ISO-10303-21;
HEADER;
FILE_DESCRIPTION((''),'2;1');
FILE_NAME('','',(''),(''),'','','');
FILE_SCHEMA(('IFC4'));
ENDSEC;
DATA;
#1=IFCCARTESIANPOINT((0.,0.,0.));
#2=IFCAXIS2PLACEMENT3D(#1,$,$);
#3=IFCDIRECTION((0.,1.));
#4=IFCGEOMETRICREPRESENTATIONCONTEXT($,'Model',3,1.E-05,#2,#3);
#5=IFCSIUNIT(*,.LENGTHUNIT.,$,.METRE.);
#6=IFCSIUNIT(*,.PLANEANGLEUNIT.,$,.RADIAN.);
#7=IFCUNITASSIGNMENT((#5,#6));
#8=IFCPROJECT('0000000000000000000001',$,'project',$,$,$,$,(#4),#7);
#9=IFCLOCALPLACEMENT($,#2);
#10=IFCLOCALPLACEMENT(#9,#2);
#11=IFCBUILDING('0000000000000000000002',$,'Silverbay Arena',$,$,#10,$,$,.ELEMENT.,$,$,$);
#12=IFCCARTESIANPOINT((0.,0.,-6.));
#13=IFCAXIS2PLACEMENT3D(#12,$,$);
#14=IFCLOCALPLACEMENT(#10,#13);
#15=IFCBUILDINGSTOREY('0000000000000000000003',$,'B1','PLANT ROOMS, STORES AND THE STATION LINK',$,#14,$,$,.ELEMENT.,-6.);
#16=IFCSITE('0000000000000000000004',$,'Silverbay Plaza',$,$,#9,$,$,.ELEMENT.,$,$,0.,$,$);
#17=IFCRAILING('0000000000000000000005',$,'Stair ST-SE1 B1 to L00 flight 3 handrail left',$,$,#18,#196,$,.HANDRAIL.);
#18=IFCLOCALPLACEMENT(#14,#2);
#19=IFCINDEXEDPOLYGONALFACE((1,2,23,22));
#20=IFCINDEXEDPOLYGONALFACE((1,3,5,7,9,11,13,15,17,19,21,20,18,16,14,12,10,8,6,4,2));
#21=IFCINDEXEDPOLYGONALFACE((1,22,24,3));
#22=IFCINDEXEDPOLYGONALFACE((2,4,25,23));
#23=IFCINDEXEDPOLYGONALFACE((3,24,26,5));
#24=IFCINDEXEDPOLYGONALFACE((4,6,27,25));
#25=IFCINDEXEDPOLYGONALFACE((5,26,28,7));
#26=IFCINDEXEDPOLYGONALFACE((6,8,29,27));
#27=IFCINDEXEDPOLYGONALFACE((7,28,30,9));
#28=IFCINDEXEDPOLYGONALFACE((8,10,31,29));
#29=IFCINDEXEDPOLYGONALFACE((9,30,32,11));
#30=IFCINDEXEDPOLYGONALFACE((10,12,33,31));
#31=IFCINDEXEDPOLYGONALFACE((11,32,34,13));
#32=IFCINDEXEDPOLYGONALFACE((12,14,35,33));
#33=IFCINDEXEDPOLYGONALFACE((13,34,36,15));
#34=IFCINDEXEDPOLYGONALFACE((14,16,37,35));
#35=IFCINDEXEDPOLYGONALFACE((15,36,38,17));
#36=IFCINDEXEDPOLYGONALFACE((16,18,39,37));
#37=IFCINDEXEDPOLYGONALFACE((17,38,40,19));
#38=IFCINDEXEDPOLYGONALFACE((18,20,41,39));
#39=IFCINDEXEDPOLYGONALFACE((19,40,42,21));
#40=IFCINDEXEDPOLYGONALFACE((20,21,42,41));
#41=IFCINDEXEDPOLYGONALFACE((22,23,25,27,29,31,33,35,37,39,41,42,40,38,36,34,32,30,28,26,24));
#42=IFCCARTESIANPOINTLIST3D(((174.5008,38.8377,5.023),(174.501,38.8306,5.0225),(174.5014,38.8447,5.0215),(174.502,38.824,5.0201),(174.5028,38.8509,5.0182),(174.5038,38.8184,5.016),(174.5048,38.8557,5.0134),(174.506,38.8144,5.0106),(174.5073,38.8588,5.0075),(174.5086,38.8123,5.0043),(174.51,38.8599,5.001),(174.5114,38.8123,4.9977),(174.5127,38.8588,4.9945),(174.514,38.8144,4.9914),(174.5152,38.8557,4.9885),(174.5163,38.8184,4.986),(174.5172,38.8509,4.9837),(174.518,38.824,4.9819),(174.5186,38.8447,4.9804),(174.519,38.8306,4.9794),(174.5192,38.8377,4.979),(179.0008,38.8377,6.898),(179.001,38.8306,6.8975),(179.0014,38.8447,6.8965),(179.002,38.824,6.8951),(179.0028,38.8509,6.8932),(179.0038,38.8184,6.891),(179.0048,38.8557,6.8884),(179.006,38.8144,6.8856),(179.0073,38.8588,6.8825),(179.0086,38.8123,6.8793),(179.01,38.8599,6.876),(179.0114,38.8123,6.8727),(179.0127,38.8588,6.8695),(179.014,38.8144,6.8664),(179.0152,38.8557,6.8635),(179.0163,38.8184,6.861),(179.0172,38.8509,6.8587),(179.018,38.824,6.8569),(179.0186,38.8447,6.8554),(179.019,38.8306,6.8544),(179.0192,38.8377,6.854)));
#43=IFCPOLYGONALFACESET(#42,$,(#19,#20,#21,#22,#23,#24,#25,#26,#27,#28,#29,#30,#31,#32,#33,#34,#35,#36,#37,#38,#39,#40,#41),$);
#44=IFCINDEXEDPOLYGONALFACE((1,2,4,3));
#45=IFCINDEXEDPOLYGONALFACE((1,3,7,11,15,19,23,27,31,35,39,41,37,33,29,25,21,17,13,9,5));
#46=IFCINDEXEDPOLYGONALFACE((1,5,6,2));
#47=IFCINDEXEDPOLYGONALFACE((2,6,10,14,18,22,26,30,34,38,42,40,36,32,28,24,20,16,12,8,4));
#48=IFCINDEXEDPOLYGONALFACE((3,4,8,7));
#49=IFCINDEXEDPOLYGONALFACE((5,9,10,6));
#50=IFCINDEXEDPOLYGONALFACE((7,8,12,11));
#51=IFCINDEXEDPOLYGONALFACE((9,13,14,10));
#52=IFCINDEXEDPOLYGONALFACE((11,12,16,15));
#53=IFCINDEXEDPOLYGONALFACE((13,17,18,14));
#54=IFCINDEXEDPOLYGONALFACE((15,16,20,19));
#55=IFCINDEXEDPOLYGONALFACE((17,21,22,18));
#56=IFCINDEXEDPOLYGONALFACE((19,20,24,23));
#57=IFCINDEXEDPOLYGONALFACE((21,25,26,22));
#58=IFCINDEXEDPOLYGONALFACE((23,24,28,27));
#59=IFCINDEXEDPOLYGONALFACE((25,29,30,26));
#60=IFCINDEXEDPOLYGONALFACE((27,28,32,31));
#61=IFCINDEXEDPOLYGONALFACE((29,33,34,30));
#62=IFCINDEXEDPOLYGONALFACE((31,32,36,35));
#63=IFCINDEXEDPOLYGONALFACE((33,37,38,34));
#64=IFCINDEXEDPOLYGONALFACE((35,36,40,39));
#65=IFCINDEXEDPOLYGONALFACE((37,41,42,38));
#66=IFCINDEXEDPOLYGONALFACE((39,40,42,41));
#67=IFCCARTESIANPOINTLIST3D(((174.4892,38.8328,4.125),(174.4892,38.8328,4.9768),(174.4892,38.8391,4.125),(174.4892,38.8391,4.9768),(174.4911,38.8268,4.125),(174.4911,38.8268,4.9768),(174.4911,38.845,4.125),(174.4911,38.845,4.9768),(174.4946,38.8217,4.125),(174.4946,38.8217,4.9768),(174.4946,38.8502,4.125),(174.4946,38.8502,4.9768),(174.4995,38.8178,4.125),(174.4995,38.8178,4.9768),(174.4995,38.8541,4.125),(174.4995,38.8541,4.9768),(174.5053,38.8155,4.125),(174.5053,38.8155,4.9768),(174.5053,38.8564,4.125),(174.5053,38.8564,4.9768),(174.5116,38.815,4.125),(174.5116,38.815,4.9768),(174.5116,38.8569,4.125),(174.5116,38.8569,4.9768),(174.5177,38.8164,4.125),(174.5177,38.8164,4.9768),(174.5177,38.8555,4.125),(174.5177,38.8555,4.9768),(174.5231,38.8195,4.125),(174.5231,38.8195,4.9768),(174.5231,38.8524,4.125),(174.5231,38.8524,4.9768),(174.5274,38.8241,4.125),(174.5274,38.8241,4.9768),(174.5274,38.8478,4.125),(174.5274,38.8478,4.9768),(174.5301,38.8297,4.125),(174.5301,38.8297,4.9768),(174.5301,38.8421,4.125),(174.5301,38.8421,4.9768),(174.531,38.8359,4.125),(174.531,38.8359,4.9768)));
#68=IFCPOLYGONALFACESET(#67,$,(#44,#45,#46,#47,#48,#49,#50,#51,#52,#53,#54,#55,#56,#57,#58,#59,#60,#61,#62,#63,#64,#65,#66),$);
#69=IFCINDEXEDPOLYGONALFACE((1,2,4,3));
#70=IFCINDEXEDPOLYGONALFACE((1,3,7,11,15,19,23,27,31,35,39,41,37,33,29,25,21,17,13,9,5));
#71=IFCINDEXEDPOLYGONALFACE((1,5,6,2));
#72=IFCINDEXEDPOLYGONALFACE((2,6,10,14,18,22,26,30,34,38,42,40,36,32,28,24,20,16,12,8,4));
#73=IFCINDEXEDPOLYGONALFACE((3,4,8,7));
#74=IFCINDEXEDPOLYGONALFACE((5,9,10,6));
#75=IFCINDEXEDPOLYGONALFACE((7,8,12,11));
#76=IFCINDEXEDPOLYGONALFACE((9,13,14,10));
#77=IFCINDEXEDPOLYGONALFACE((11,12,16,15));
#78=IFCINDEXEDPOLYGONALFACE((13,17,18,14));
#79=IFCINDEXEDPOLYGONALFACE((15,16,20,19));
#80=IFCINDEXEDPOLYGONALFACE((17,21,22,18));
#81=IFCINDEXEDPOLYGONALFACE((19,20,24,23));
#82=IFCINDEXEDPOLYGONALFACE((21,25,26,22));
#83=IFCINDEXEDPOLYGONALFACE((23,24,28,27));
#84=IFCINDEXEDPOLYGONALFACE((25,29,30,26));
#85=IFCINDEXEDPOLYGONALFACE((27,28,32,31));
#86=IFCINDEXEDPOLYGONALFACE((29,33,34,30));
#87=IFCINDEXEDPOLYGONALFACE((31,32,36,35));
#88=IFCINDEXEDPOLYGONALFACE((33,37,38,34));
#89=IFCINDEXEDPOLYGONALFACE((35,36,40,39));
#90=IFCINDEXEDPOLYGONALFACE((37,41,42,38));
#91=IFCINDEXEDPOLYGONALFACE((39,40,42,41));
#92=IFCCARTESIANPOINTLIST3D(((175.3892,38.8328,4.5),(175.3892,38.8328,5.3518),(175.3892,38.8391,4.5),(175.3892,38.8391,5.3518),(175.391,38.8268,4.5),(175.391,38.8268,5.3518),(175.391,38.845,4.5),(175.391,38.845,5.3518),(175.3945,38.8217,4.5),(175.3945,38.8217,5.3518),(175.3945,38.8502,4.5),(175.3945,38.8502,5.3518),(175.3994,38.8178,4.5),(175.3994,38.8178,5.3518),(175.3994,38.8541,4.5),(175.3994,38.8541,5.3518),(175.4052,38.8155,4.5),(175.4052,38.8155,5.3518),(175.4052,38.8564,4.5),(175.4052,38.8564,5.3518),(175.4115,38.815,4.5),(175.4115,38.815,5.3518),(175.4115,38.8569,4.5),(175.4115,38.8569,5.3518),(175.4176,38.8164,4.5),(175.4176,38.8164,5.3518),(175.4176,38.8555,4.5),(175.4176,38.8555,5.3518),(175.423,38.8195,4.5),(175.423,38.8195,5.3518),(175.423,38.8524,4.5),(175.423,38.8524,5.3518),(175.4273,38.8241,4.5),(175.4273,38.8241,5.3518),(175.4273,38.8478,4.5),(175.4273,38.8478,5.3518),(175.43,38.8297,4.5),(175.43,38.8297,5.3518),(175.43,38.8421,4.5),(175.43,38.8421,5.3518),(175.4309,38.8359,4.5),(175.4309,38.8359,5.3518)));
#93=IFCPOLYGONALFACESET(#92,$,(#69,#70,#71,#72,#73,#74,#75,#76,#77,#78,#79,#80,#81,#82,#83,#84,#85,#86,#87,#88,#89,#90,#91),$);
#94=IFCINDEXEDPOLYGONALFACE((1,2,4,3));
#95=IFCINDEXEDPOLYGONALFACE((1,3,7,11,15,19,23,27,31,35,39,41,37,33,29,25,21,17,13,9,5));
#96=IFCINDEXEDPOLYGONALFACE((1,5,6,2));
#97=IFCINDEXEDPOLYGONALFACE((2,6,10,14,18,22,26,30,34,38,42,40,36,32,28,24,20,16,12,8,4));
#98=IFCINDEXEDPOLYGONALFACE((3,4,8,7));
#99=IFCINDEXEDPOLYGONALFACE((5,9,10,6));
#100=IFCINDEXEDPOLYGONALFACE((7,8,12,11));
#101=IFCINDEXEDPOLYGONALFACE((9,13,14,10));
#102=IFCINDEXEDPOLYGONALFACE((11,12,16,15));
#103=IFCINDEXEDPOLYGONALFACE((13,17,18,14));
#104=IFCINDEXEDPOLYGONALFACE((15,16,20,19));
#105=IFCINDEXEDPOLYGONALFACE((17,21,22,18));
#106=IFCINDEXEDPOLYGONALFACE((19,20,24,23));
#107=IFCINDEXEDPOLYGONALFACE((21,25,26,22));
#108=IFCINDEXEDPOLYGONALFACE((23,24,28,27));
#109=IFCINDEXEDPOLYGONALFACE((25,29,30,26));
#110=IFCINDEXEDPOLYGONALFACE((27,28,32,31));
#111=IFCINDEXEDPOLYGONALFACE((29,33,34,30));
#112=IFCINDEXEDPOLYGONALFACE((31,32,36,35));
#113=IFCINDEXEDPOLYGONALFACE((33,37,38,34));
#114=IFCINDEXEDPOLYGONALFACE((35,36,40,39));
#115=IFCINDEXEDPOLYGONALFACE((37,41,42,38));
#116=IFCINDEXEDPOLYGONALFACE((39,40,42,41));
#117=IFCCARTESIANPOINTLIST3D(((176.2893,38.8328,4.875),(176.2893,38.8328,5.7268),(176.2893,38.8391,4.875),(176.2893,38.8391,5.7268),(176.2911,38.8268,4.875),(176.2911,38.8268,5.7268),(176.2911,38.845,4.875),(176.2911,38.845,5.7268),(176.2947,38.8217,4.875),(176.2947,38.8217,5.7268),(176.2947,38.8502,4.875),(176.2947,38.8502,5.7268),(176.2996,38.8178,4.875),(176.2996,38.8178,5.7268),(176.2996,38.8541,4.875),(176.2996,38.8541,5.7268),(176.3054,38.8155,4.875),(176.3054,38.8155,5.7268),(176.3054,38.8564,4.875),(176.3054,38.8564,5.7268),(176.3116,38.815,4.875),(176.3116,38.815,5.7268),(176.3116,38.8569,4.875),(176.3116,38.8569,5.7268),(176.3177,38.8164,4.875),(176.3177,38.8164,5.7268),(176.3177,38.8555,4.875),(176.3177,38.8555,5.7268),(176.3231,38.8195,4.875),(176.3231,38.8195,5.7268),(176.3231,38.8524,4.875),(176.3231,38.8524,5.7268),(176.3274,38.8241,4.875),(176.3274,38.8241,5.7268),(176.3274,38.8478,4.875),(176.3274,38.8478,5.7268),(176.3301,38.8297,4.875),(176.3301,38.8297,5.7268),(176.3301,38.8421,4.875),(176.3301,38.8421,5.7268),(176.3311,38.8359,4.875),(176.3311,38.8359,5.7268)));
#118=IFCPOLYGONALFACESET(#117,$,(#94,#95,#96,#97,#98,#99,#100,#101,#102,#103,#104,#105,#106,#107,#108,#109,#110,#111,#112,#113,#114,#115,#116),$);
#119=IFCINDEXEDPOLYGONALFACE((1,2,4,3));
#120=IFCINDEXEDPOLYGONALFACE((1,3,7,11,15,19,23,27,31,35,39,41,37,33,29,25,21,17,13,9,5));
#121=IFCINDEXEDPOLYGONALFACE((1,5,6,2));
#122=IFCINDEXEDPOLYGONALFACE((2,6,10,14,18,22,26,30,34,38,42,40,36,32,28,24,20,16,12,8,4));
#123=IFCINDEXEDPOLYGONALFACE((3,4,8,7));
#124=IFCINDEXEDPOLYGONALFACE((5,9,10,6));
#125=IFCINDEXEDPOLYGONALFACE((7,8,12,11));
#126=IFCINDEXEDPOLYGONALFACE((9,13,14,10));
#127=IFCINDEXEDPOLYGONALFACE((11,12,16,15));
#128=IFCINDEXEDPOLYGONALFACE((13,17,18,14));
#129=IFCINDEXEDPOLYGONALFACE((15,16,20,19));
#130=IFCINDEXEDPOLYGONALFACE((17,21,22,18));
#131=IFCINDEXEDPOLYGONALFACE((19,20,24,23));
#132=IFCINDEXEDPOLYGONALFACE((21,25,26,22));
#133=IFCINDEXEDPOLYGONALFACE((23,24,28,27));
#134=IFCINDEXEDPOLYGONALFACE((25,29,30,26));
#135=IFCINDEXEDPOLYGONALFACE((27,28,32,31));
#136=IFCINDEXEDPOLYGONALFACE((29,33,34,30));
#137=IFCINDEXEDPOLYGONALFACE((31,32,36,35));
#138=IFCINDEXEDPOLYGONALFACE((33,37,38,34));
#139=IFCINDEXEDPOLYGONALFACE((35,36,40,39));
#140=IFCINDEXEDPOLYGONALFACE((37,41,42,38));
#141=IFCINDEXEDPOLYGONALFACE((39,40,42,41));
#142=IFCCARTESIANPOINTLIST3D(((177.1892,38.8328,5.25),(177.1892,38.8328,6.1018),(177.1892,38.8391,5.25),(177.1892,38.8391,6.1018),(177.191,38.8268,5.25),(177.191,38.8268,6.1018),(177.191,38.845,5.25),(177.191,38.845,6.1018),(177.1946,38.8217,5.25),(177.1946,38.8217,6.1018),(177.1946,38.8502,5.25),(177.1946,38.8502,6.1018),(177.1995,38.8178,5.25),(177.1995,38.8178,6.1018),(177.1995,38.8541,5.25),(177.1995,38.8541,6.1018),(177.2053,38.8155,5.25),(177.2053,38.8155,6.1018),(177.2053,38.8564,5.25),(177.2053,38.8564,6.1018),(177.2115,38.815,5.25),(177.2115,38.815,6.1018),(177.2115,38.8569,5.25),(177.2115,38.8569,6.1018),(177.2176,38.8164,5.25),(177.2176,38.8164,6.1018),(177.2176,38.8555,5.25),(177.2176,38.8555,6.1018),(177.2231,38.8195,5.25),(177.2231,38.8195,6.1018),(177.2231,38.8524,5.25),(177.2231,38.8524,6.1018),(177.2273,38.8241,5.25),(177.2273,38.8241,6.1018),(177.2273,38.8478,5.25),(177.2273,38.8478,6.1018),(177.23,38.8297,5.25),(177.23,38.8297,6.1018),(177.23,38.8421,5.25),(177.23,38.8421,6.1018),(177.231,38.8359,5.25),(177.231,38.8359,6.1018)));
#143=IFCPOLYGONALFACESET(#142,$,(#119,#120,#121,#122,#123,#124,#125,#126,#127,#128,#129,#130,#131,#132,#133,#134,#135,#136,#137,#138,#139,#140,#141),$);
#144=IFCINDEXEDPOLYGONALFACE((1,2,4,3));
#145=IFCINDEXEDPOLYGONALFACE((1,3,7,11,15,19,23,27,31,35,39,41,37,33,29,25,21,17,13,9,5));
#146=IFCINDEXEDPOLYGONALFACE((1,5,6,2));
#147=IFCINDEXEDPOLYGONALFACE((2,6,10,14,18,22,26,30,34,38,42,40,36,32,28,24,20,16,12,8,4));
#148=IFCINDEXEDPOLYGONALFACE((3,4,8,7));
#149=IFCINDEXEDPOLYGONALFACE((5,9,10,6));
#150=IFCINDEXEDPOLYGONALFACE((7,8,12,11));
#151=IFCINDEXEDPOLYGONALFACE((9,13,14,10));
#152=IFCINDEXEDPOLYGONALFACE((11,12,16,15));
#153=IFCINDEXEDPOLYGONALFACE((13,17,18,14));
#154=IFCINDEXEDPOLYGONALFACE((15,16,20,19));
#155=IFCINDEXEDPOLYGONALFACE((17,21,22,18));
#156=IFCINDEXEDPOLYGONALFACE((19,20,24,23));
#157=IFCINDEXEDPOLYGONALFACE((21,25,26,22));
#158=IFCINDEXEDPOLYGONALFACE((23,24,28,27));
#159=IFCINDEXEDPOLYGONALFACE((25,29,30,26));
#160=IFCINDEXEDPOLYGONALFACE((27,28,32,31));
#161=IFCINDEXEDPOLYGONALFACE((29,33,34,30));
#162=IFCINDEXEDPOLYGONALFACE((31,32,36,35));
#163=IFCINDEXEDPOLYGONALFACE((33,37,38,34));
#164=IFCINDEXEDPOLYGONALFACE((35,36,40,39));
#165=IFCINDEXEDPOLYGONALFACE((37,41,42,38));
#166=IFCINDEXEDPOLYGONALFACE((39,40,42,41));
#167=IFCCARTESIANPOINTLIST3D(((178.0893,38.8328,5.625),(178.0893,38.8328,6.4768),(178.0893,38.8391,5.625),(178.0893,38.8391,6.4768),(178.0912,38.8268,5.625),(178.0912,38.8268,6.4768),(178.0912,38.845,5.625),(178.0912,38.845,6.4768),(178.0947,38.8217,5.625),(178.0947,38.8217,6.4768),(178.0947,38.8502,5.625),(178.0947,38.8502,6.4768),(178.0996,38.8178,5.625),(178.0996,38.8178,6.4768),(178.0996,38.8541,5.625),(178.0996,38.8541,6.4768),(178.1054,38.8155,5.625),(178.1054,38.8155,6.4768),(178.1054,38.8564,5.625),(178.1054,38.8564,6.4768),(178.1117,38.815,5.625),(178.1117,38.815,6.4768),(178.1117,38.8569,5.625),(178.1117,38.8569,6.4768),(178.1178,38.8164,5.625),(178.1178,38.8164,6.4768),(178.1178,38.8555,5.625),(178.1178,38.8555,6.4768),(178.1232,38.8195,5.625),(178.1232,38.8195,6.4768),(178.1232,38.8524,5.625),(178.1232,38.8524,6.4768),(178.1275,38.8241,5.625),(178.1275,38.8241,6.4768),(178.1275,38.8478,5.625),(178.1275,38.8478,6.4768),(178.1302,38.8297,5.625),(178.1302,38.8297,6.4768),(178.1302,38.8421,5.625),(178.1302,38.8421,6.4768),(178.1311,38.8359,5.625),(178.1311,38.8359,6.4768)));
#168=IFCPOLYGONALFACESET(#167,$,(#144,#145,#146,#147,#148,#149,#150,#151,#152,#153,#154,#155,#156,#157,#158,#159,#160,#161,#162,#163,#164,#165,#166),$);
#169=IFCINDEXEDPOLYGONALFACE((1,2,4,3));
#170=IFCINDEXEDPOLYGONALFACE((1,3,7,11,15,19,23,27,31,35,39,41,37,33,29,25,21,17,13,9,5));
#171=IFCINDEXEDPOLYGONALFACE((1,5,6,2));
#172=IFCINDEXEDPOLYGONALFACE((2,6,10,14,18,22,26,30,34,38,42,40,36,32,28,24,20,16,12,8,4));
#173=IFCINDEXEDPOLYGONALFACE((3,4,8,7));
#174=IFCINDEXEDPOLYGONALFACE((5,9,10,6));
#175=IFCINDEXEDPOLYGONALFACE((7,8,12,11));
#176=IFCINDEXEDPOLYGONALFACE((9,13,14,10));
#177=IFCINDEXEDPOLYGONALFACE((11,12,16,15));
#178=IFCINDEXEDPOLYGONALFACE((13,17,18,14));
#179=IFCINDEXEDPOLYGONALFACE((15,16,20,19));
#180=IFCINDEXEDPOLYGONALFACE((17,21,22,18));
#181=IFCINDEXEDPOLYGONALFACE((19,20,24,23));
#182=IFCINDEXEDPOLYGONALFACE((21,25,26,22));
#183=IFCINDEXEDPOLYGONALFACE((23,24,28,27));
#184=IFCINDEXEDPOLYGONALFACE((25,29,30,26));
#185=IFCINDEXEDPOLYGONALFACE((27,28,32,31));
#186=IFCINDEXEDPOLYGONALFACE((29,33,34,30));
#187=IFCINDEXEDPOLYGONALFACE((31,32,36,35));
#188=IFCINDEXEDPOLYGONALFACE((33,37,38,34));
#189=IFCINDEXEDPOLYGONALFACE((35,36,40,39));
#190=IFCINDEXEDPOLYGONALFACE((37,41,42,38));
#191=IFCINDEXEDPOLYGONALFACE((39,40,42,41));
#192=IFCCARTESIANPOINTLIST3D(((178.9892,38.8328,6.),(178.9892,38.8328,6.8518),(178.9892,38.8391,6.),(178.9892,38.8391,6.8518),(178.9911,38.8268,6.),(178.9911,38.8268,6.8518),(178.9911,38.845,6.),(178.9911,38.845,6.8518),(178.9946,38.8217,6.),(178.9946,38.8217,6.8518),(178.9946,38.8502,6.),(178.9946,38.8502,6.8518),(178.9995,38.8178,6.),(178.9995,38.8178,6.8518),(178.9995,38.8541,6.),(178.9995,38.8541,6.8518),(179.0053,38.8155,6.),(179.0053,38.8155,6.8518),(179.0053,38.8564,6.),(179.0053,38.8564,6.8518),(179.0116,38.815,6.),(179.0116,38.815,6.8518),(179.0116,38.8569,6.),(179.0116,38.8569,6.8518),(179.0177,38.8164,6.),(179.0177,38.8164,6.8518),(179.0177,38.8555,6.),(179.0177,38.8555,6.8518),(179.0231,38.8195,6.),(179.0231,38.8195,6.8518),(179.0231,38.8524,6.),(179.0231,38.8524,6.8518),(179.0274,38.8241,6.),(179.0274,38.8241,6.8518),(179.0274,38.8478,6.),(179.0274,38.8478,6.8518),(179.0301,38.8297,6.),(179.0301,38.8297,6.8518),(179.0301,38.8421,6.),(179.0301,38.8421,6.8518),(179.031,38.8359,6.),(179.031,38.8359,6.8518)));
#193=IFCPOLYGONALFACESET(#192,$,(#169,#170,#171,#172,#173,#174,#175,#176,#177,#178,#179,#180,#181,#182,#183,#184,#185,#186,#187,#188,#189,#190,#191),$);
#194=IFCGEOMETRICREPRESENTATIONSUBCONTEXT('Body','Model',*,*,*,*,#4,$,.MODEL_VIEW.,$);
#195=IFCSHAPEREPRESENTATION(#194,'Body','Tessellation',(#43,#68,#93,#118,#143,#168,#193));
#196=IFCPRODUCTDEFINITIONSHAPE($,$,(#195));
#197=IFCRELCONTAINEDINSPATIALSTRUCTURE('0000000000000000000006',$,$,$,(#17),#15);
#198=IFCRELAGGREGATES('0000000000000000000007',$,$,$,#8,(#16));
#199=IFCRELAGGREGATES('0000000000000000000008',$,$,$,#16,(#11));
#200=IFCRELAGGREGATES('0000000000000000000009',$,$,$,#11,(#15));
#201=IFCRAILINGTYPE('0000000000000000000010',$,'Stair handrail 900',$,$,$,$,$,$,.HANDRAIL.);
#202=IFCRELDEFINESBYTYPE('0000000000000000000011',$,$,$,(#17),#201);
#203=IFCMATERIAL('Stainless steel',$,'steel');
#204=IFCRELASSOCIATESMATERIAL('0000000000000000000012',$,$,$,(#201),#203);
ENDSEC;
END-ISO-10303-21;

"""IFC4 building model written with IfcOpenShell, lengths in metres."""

from ifc_helpers import new_model, si_unit, direction, frame, origin, origin_2d, place, context, subcontext, project, spatial, circle, extrude, material, type_object, element, save


model = new_model("IFC4")

# Units and contexts
model_context = context("Model", 3, precision=1e-05, world=origin(), true_north=direction((0.0, 1.0)))
body_context = subcontext(model_context, "Body", "Model", "MODEL_VIEW")
ifc_project = project(units=[si_unit("LENGTHUNIT", "METRE"), si_unit("PLANEANGLEUNIT", "RADIAN")], contexts=[model_context])

# Site, building, storey
site_placement = place(None, origin())
site = spatial("IfcSite", under=ifc_project, at=site_placement, Name="Silverbay Plaza", CompositionType="ELEMENT", RefElevation=0.0)
building_placement = place(site_placement, origin())
building = spatial("IfcBuilding", under=site, at=building_placement, Name="Silverbay Arena", CompositionType="ELEMENT")
storey_placement = place(building_placement, frame((0.0, 0.0, -6.0)))
storey = spatial("IfcBuildingStorey", under=building, at=storey_placement, Name="B1", Description="PLANT ROOMS, STORES AND THE STATION LINK", CompositionType="ELEMENT", Elevation=-6.0)

# Railing
ifc_material_1 = material(Name="Stainless steel", Category="steel")
railing_type_1 = type_object("IfcRailingType", Name="Stair handrail 900", PredefinedType="HANDRAIL", material=ifc_material_1)
for number, where, name in (
    (1, (174.51, 38.8359, 4.125), "Stair ST-SE1 B1 to L00 flight 3 handrail left"),
):
    element("IfcRailing", number, at=place(storey_placement, frame(where)), inside=storey, type_object=railing_type_1, Name=name, PredefinedType="HANDRAIL", context=body_context, shape_type="SweptSolid", body=[
        extrude(circle(Radius=0.0239, at=origin_2d()), frame((0.0, 0.0, 0.876), z_axis=(0.923077, 0.0, 0.384615), x_axis=(0.0, 1.0, 0.0)), (0.0, 0.0, 1.0), 4.875),
        extrude(circle(Radius=0.021, at=origin_2d()), origin(), (0.0, 0.0, 1.0), 0.8518),
        extrude(circle(Radius=0.021, at=origin_2d()), frame((0.8999, 0.0, 0.375)), (0.0, 0.0, 1.0), 0.8518),
        extrude(circle(Radius=0.021, at=origin_2d()), frame((1.8, 0.0, 0.75)), (0.0, 0.0, 1.0), 0.8518),
        extrude(circle(Radius=0.021, at=origin_2d()), frame((2.7, 0.0, 1.125)), (0.0, 0.0, 1.0), 0.8518),
        extrude(circle(Radius=0.021, at=origin_2d()), frame((3.6001, 0.0, 1.5)), (0.0, 0.0, 1.0), 0.8518),
        extrude(circle(Radius=0.021, at=origin_2d()), frame((4.5, 0.0, 1.875)), (0.0, 0.0, 1.0), 0.8518),
    ])

save(model, "model.ifc")
